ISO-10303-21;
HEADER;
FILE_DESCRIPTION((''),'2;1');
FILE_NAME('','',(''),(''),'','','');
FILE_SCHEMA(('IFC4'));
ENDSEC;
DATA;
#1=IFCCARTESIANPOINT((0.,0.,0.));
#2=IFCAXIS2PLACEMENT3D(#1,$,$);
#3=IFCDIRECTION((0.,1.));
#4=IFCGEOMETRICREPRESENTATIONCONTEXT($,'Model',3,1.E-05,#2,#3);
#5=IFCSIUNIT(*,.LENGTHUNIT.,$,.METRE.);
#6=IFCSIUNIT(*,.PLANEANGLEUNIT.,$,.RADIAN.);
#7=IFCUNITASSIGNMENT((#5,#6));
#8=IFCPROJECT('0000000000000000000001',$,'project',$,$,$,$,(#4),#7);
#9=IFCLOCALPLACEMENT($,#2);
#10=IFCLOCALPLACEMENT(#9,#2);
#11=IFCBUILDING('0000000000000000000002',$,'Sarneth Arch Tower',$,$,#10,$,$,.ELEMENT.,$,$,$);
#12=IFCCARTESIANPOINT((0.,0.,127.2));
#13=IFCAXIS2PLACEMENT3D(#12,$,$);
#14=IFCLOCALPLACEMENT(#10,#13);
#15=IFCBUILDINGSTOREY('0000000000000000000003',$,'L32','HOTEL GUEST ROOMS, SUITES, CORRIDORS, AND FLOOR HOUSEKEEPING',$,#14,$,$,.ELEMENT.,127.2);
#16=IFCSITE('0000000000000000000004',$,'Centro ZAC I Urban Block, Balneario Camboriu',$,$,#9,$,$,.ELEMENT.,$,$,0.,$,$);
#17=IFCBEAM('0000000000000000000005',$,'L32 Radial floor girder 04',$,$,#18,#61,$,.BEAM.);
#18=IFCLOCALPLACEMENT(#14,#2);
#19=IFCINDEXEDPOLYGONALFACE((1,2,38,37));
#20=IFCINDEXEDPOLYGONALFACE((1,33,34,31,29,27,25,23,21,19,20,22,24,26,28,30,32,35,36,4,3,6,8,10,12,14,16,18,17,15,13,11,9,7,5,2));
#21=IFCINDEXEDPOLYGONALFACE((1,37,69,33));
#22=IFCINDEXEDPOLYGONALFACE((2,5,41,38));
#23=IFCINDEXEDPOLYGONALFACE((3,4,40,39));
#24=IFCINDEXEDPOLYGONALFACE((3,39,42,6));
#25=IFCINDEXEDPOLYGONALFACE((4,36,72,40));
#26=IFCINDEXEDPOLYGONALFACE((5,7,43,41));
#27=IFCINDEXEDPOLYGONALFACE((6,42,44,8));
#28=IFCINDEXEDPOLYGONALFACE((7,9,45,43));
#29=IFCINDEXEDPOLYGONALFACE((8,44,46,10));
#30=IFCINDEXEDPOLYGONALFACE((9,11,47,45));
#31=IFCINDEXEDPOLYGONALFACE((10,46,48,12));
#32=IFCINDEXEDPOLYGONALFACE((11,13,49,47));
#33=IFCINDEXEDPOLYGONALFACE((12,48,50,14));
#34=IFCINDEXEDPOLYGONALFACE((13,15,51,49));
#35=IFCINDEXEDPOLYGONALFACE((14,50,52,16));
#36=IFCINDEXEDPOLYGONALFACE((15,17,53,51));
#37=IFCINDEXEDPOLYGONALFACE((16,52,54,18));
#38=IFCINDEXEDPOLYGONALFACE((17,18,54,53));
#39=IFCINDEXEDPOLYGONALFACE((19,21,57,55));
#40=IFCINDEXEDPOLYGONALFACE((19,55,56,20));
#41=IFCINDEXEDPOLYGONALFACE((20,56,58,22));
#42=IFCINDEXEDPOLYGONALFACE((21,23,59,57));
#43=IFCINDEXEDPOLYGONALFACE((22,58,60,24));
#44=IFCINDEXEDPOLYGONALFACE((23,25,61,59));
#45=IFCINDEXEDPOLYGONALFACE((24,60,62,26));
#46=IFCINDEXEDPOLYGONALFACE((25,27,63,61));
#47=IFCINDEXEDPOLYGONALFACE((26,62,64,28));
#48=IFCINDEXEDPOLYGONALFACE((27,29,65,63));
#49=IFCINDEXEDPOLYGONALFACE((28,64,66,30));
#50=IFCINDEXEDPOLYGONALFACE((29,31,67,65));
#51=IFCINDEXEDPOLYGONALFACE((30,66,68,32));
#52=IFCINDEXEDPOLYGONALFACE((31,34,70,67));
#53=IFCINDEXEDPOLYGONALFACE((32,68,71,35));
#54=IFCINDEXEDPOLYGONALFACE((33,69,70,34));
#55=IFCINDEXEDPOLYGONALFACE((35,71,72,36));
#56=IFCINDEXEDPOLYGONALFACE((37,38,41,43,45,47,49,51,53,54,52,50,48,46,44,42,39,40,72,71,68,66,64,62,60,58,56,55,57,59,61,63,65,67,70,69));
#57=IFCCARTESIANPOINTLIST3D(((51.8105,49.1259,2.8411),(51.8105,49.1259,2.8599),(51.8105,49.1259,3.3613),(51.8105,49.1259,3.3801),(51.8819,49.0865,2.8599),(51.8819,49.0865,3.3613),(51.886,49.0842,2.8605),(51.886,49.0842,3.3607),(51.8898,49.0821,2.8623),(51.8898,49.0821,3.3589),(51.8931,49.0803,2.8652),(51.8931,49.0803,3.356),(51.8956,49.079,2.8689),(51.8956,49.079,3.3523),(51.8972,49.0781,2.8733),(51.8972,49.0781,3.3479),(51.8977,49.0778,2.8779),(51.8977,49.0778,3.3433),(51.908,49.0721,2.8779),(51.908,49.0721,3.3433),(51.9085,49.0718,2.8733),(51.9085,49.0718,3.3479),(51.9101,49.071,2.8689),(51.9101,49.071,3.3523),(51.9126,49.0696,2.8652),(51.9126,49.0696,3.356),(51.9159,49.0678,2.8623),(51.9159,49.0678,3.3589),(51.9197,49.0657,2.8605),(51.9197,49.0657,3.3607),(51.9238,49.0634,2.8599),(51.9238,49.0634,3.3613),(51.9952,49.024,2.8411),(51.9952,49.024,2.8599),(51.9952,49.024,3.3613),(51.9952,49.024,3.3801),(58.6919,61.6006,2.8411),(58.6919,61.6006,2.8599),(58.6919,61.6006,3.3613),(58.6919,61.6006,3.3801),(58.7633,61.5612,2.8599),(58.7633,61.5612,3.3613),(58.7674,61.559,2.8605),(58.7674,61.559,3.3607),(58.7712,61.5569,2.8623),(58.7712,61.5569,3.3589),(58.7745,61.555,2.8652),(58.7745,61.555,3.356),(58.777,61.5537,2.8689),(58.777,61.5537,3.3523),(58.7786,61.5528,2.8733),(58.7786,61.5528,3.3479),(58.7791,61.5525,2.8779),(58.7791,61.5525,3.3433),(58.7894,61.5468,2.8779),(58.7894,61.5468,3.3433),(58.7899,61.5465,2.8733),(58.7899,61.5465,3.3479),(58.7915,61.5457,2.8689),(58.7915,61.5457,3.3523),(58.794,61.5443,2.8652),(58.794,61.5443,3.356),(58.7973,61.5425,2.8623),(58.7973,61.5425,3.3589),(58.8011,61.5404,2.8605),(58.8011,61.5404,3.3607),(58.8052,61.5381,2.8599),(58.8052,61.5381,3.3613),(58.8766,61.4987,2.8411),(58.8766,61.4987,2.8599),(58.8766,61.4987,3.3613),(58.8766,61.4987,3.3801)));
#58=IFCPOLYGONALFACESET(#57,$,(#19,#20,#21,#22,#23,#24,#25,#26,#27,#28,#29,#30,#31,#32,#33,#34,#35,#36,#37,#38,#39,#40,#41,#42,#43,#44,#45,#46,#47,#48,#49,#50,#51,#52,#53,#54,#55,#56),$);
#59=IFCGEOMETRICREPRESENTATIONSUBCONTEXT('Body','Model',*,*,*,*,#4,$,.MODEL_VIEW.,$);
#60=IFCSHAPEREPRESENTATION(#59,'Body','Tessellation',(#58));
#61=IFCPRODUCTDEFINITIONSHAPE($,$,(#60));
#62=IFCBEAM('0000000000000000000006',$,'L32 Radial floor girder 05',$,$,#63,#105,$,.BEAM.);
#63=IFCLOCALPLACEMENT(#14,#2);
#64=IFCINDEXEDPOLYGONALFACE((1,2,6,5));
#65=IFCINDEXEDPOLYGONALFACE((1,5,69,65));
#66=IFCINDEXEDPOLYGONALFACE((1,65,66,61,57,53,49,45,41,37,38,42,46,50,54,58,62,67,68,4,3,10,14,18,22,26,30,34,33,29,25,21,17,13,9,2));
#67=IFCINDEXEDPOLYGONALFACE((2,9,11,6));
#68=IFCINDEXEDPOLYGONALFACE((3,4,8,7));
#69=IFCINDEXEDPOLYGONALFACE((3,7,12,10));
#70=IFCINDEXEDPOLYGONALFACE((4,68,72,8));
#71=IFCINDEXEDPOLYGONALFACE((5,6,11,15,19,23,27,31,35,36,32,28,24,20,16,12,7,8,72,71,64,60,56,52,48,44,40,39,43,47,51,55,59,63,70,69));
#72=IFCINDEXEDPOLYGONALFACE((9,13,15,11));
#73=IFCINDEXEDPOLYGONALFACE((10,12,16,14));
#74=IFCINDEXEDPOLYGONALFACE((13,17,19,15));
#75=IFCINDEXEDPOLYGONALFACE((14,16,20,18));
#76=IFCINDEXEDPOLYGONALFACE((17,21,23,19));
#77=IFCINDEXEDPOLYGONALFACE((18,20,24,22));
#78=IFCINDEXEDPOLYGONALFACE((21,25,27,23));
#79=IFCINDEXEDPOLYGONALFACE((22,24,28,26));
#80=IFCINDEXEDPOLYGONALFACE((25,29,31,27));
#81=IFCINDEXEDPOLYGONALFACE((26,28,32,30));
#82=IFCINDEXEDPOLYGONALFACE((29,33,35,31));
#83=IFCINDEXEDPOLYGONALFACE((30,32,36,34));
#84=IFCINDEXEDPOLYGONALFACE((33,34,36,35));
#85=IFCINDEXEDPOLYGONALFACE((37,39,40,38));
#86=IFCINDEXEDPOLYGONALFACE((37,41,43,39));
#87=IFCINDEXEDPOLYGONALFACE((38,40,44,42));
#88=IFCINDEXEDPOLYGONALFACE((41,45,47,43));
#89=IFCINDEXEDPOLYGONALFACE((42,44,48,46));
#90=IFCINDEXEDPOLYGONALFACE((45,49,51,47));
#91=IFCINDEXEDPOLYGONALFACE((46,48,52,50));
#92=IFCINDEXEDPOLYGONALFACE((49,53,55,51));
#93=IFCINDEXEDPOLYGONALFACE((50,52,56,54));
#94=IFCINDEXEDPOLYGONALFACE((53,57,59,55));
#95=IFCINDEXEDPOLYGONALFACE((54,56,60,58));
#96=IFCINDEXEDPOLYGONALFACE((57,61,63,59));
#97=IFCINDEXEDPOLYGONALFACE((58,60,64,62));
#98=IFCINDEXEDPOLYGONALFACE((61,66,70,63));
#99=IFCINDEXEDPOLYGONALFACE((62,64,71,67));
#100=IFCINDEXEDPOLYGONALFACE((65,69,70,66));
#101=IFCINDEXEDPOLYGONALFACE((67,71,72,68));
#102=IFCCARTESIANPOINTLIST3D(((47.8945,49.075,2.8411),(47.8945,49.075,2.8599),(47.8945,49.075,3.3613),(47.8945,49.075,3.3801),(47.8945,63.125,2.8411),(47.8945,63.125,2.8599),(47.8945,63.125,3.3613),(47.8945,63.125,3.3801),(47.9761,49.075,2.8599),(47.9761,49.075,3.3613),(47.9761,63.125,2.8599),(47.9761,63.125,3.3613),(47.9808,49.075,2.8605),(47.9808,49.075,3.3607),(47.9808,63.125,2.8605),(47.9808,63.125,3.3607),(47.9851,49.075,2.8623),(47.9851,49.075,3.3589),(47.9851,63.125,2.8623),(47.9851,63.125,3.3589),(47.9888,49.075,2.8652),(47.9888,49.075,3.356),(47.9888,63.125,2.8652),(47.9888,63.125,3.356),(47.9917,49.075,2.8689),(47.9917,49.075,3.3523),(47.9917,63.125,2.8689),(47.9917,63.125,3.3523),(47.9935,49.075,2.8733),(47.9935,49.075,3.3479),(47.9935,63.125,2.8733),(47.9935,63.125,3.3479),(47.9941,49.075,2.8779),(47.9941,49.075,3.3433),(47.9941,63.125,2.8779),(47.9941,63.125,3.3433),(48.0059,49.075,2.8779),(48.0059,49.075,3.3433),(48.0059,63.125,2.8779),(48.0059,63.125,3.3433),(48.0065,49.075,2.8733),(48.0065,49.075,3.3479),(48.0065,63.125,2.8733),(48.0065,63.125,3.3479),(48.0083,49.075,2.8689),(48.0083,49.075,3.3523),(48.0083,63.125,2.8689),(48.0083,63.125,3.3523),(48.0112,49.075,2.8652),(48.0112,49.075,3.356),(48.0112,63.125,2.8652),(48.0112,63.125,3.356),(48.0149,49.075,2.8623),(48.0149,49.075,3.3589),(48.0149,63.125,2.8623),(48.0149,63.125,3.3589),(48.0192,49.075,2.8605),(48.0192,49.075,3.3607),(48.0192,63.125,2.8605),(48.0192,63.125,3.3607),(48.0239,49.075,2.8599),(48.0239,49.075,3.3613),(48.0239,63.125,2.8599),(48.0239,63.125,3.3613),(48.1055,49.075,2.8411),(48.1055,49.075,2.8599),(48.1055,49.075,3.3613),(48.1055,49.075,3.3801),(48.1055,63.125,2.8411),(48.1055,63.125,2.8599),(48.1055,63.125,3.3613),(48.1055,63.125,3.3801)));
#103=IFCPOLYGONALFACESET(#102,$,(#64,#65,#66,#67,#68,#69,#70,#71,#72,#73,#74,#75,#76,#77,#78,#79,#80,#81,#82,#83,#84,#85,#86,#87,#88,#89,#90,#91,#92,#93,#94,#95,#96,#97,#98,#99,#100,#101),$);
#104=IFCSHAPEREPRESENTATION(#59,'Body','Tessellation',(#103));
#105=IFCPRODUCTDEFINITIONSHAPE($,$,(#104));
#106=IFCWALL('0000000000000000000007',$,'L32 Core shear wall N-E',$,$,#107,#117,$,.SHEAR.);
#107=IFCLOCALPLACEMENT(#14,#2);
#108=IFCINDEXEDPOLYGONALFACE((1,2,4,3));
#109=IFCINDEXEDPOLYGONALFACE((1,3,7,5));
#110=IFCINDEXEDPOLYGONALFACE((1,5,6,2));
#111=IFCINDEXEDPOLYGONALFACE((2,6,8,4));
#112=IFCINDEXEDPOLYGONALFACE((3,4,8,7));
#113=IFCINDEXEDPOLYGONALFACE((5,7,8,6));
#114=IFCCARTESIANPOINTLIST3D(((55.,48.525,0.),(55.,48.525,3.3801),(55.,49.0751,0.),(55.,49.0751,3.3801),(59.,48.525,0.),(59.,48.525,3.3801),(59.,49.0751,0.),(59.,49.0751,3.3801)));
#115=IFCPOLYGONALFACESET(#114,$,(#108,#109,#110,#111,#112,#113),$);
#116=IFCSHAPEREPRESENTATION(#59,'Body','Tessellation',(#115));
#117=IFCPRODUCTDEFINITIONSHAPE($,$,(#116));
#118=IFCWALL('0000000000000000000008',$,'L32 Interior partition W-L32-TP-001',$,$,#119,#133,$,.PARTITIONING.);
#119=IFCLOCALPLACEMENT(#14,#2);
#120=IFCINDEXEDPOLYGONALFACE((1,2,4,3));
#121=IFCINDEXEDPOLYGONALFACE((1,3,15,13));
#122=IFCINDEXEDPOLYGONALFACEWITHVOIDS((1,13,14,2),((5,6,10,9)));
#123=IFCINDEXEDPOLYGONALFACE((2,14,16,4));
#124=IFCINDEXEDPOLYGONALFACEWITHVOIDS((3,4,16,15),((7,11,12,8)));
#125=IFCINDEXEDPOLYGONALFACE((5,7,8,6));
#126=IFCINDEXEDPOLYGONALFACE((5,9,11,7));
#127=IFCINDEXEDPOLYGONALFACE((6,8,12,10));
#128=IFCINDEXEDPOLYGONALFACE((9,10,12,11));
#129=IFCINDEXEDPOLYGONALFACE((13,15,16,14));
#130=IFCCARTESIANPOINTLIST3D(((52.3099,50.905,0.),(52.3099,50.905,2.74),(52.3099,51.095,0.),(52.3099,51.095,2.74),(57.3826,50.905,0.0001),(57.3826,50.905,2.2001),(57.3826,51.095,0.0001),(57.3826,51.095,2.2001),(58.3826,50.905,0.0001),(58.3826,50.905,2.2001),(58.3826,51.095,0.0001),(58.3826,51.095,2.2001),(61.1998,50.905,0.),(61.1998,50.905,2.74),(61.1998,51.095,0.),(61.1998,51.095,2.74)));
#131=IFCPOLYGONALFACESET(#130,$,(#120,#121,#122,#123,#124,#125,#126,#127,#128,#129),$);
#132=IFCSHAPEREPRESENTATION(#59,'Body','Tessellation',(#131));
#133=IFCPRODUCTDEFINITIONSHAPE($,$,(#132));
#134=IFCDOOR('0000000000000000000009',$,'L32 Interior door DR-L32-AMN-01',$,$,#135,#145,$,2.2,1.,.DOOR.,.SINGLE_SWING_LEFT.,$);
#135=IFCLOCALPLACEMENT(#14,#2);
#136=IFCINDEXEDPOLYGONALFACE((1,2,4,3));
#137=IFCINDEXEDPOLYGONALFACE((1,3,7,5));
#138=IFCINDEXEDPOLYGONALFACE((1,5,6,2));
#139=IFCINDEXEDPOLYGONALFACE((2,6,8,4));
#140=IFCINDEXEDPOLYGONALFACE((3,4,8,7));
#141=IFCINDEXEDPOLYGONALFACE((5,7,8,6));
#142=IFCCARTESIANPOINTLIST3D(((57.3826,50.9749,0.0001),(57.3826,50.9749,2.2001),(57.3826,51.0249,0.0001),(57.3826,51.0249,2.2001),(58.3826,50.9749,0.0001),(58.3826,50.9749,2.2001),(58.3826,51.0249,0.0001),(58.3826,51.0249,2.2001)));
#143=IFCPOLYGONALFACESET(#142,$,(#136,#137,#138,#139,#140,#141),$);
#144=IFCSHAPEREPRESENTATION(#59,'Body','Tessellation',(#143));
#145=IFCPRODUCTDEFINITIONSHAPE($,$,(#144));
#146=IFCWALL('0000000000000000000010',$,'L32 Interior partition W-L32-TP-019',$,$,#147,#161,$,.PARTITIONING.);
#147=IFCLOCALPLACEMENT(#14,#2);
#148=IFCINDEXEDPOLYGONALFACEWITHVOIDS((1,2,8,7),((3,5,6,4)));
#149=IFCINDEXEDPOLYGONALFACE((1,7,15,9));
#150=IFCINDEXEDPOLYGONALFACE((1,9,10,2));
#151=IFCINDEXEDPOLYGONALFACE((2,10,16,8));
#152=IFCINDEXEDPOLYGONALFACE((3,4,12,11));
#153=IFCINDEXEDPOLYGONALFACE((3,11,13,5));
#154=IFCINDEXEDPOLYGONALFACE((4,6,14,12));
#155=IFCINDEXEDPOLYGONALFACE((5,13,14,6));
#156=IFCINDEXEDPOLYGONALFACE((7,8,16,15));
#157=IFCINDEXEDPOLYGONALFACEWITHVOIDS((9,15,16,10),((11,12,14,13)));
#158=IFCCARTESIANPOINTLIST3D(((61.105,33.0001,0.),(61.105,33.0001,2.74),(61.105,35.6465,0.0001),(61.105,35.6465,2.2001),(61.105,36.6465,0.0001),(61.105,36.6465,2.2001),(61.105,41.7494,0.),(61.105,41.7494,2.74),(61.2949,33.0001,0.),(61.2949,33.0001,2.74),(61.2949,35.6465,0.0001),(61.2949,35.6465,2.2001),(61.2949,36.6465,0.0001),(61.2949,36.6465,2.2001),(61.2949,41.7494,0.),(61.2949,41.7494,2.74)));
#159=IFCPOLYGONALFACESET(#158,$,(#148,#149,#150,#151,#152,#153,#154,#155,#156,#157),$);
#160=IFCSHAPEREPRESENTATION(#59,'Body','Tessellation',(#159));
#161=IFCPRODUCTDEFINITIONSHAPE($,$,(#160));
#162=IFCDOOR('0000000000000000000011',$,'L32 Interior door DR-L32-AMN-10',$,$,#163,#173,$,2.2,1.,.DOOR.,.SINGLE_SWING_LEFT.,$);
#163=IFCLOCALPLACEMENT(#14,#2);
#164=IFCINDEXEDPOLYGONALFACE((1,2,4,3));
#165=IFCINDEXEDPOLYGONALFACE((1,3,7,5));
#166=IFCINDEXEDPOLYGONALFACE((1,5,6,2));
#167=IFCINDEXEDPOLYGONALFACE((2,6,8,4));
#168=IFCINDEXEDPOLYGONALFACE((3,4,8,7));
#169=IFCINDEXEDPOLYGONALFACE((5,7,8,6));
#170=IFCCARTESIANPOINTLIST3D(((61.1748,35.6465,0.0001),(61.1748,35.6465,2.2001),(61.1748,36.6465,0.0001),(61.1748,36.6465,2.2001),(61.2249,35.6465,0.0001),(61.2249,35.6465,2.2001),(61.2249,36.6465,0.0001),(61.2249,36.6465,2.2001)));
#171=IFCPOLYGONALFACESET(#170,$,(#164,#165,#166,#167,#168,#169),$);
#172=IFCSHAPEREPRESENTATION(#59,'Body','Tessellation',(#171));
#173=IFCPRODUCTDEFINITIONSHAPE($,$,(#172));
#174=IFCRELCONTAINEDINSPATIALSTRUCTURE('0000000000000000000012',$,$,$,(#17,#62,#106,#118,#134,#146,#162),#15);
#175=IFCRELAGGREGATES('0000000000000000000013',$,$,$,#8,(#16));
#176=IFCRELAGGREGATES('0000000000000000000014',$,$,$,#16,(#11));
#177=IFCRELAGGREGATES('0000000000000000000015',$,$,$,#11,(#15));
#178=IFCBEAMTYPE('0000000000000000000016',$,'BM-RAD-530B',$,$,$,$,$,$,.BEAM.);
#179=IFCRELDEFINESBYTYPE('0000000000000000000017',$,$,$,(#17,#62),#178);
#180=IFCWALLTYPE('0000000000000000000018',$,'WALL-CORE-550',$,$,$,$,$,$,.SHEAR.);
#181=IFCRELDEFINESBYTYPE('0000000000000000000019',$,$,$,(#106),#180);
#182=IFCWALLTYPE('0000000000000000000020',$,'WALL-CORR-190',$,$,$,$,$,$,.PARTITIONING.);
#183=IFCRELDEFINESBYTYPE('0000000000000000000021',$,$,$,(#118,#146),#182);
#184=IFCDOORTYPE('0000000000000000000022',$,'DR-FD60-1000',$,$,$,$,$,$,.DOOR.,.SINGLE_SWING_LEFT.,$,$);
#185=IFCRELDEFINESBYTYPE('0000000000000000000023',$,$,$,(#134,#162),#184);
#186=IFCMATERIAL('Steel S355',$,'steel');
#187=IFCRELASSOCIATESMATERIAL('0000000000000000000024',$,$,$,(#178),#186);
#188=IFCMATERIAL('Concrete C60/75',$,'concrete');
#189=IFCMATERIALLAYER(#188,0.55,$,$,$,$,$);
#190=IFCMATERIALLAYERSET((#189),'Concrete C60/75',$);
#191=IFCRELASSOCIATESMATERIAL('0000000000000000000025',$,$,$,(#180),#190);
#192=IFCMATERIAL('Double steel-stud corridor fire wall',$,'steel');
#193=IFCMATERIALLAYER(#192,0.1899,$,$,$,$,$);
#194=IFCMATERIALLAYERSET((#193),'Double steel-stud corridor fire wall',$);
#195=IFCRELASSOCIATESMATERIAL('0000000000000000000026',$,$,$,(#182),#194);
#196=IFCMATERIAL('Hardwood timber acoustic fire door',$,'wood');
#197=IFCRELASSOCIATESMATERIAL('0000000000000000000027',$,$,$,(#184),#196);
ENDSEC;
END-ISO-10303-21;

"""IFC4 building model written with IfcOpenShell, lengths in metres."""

from ifc_helpers import new_model, si_unit, direction, frame, frame_2d, origin, origin_2d, place, context, subcontext, project, spatial, rectangle, i_section, extrude, material, layer, layer_set, material_profile, profile_set, type_object, element, fill, save


model = new_model("IFC4")

# Units and contexts
model_context = context("Model", 3, precision=1e-05, world=origin(), true_north=direction((0.0, 1.0)))
body_context = subcontext(model_context, "Body", "Model", "MODEL_VIEW")
ifc_project = project(units=[si_unit("LENGTHUNIT", "METRE"), si_unit("PLANEANGLEUNIT", "RADIAN")], contexts=[model_context])

# Site, building, storey
site_placement = place(None, origin())
site = spatial("IfcSite", under=ifc_project, at=site_placement, Name="Centro ZAC I Urban Block, Balneario Camboriu", CompositionType="ELEMENT", RefElevation=0.0)
building_placement = place(site_placement, origin())
building = spatial("IfcBuilding", under=site, at=building_placement, Name="Sarneth Arch Tower", CompositionType="ELEMENT")
storey_placement = place(building_placement, frame((0.0, 0.0, 127.2)))
storey = spatial("IfcBuildingStorey", under=building, at=storey_placement, Name="L32", Description="HOTEL GUEST ROOMS, SUITES, CORRIDORS, AND FLOOR HOUSEKEEPING", CompositionType="ELEMENT", Elevation=127.2)

# Beams
ifc_material_1 = material(Name="Steel S355", Category="steel")
ifc_material_profile_1 = material_profile(ifc_material_1, i_section(OverallWidth=0.2109, OverallDepth=0.5391, WebThickness=0.0117, FlangeThickness=0.0188, FilletRadius=0.0181, at=origin_2d()), Name="W530x109")
ifc_profile_set_1 = profile_set([ifc_material_profile_1], Name="Steel S355")
beam_type_1 = type_object("IfcBeamType", Name="BM-RAD-530B", PredefinedType="BEAM", material=ifc_profile_set_1)
beam_1_placement = place(storey_placement, frame((51.9028, 49.075, 3.1106), z_axis=(0.483013, 0.875613, 0.0), x_axis=(-0.875613, 0.483013, 0.0)))
element("IfcBeam", 1, at=beam_1_placement, inside=storey, type_object=beam_type_1, Name="L32 Radial floor girder 04", PredefinedType="BEAM", context=body_context, shape_type="SweptSolid", body=[
    extrude(i_section(OverallWidth=0.2109, OverallDepth=0.5391, WebThickness=0.0117, FlangeThickness=0.0188, FilletRadius=0.0181, at=origin_2d()), origin(), (0.0, 0.0, 1.0), 14.2468),
])
beam_2_placement = place(storey_placement, frame((48.0, 49.075, 3.1106), z_axis=(0.0, 1.0, 0.0), x_axis=(-1.0, 0.0, 0.0)))
element("IfcBeam", 2, at=beam_2_placement, inside=storey, type_object=beam_type_1, Name="L32 Radial floor girder 05", PredefinedType="BEAM", context=body_context, shape_type="SweptSolid", body=[
    extrude(i_section(OverallWidth=0.2109, OverallDepth=0.5391, WebThickness=0.0117, FlangeThickness=0.0188, FilletRadius=0.0181, at=origin_2d()), origin(), (0.0, 0.0, 1.0), 14.05),
])

# Wall
ifc_material_2 = material(Name="Concrete C60/75", Category="concrete")
ifc_layer_1 = layer(ifc_material_2, 0.55)
ifc_layer_set_1 = layer_set([ifc_layer_1], Name="Concrete C60/75")
wall_type_1 = type_object("IfcWallType", Name="WALL-CORE-550", PredefinedType="SHEAR", material=ifc_layer_set_1)
wall_1_placement = place(storey_placement, frame((55.0, 48.8, 0.0), z_axis=(0.0, 0.0, 1.0), x_axis=(1.0, 0.0, 0.0)))
element("IfcWall", 3, at=wall_1_placement, inside=storey, type_object=wall_type_1, Name="L32 Core shear wall N-E", PredefinedType="SHEAR", context=body_context, shape_type="SweptSolid", body=[
    extrude(rectangle(XDim=4.0, YDim=0.55, at=frame_2d((2.0, 0.0))), origin(), (0.0, 0.0, 1.0), 3.3801),
])

# Walls, openings, doors
ifc_material_3 = material(Name="Double steel-stud corridor fire wall", Category="steel")
ifc_layer_2 = layer(ifc_material_3, 0.1899)
ifc_layer_set_2 = layer_set([ifc_layer_2], Name="Double steel-stud corridor fire wall")
wall_type_2 = type_object("IfcWallType", Name="WALL-CORR-190", PredefinedType="PARTITIONING", material=ifc_layer_set_2)
wall_2_placement = place(storey_placement, frame((52.3101, 51.0, 0.0), z_axis=(0.0, 0.0, 1.0), x_axis=(1.0, 0.0, 0.0)))
wall_2 = element("IfcWall", 4, at=wall_2_placement, inside=storey, type_object=wall_type_2, Name="L32 Interior partition W-L32-TP-001", PredefinedType="PARTITIONING", context=body_context, shape_type="SweptSolid", body=[
    extrude(rectangle(XDim=8.8899, YDim=0.1899, at=frame_2d((4.4448, 0.0))), origin(), (0.0, 0.0, 1.0), 2.74),
])
opening_1_placement = place(wall_2_placement, frame((5.0725, 0.0, 0.0)))
opening_1 = element("IfcOpeningElement", 5, at=opening_1_placement, cuts=wall_2, PredefinedType="OPENING", context=body_context, shape_type="SweptSolid", body=[
    extrude(rectangle(XDim=1.0, YDim=2.2, at=frame_2d((0.5, 1.1001))), frame((0.0, 0.105, 0.0), z_axis=(0.0, -1.0, 0.0), x_axis=(1.0, 0.0, 0.0)), (0.0, 0.0, 1.0), 0.21),
])
ifc_material_4 = material(Name="Hardwood timber acoustic fire door", Category="wood")
door_type_1 = type_object("IfcDoorType", Name="DR-FD60-1000", OperationType="SINGLE_SWING_LEFT", PredefinedType="DOOR", material=ifc_material_4)
door_1_placement = place(opening_1_placement, origin())
door_1 = element("IfcDoor", 6, at=door_1_placement, inside=storey, type_object=door_type_1, Name="L32 Interior door DR-L32-AMN-01", OperationType="SINGLE_SWING_LEFT", OverallHeight=2.2, OverallWidth=1.0, PredefinedType="DOOR", context=body_context, shape_type="SweptSolid", body=[
    extrude(rectangle(XDim=1.0, YDim=2.2, at=frame_2d((0.5, 1.1001))), frame((0.0, 0.0249, 0.0), z_axis=(0.0, -1.0, 0.0), x_axis=(1.0, 0.0, 0.0)), (0.0, 0.0, 1.0), 0.05),
])
fill(opening_1, door_1)
wall_3_placement = place(storey_placement, frame((61.2, 41.7493, 0.0), z_axis=(0.0, 0.0, 1.0), x_axis=(0.0, -1.0, 0.0)))
wall_3 = element("IfcWall", 7, at=wall_3_placement, inside=storey, type_object=wall_type_2, Name="L32 Interior partition W-L32-TP-019", PredefinedType="PARTITIONING", context=body_context, shape_type="SweptSolid", body=[
    extrude(rectangle(XDim=8.7493, YDim=0.1899, at=frame_2d((4.3745, 0.0))), origin(), (0.0, 0.0, 1.0), 2.74),
])
opening_2_placement = place(wall_3_placement, frame((5.1028, 0.0, 0.0)))
opening_2 = element("IfcOpeningElement", 8, at=opening_2_placement, cuts=wall_3, PredefinedType="OPENING", context=body_context, shape_type="SweptSolid", body=[
    extrude(rectangle(XDim=1.0, YDim=2.2, at=frame_2d((0.5, 1.1001))), frame((0.0, 0.105, 0.0), z_axis=(0.0, -1.0, 0.0), x_axis=(1.0, 0.0, 0.0)), (0.0, 0.0, 1.0), 0.21),
])
door_2_placement = place(opening_2_placement, origin())
door_2 = element("IfcDoor", 9, at=door_2_placement, inside=storey, type_object=door_type_1, Name="L32 Interior door DR-L32-AMN-10", OperationType="SINGLE_SWING_LEFT", OverallHeight=2.2, OverallWidth=1.0, PredefinedType="DOOR", context=body_context, shape_type="SweptSolid", body=[
    extrude(rectangle(XDim=1.0, YDim=2.2, at=frame_2d((0.5, 1.1001))), frame((0.0, 0.0249, 0.0), z_axis=(0.0, -1.0, 0.0), x_axis=(1.0, 0.0, 0.0)), (0.0, 0.0, 1.0), 0.05),
])
fill(opening_2, door_2)

save(model, "model.ifc")
